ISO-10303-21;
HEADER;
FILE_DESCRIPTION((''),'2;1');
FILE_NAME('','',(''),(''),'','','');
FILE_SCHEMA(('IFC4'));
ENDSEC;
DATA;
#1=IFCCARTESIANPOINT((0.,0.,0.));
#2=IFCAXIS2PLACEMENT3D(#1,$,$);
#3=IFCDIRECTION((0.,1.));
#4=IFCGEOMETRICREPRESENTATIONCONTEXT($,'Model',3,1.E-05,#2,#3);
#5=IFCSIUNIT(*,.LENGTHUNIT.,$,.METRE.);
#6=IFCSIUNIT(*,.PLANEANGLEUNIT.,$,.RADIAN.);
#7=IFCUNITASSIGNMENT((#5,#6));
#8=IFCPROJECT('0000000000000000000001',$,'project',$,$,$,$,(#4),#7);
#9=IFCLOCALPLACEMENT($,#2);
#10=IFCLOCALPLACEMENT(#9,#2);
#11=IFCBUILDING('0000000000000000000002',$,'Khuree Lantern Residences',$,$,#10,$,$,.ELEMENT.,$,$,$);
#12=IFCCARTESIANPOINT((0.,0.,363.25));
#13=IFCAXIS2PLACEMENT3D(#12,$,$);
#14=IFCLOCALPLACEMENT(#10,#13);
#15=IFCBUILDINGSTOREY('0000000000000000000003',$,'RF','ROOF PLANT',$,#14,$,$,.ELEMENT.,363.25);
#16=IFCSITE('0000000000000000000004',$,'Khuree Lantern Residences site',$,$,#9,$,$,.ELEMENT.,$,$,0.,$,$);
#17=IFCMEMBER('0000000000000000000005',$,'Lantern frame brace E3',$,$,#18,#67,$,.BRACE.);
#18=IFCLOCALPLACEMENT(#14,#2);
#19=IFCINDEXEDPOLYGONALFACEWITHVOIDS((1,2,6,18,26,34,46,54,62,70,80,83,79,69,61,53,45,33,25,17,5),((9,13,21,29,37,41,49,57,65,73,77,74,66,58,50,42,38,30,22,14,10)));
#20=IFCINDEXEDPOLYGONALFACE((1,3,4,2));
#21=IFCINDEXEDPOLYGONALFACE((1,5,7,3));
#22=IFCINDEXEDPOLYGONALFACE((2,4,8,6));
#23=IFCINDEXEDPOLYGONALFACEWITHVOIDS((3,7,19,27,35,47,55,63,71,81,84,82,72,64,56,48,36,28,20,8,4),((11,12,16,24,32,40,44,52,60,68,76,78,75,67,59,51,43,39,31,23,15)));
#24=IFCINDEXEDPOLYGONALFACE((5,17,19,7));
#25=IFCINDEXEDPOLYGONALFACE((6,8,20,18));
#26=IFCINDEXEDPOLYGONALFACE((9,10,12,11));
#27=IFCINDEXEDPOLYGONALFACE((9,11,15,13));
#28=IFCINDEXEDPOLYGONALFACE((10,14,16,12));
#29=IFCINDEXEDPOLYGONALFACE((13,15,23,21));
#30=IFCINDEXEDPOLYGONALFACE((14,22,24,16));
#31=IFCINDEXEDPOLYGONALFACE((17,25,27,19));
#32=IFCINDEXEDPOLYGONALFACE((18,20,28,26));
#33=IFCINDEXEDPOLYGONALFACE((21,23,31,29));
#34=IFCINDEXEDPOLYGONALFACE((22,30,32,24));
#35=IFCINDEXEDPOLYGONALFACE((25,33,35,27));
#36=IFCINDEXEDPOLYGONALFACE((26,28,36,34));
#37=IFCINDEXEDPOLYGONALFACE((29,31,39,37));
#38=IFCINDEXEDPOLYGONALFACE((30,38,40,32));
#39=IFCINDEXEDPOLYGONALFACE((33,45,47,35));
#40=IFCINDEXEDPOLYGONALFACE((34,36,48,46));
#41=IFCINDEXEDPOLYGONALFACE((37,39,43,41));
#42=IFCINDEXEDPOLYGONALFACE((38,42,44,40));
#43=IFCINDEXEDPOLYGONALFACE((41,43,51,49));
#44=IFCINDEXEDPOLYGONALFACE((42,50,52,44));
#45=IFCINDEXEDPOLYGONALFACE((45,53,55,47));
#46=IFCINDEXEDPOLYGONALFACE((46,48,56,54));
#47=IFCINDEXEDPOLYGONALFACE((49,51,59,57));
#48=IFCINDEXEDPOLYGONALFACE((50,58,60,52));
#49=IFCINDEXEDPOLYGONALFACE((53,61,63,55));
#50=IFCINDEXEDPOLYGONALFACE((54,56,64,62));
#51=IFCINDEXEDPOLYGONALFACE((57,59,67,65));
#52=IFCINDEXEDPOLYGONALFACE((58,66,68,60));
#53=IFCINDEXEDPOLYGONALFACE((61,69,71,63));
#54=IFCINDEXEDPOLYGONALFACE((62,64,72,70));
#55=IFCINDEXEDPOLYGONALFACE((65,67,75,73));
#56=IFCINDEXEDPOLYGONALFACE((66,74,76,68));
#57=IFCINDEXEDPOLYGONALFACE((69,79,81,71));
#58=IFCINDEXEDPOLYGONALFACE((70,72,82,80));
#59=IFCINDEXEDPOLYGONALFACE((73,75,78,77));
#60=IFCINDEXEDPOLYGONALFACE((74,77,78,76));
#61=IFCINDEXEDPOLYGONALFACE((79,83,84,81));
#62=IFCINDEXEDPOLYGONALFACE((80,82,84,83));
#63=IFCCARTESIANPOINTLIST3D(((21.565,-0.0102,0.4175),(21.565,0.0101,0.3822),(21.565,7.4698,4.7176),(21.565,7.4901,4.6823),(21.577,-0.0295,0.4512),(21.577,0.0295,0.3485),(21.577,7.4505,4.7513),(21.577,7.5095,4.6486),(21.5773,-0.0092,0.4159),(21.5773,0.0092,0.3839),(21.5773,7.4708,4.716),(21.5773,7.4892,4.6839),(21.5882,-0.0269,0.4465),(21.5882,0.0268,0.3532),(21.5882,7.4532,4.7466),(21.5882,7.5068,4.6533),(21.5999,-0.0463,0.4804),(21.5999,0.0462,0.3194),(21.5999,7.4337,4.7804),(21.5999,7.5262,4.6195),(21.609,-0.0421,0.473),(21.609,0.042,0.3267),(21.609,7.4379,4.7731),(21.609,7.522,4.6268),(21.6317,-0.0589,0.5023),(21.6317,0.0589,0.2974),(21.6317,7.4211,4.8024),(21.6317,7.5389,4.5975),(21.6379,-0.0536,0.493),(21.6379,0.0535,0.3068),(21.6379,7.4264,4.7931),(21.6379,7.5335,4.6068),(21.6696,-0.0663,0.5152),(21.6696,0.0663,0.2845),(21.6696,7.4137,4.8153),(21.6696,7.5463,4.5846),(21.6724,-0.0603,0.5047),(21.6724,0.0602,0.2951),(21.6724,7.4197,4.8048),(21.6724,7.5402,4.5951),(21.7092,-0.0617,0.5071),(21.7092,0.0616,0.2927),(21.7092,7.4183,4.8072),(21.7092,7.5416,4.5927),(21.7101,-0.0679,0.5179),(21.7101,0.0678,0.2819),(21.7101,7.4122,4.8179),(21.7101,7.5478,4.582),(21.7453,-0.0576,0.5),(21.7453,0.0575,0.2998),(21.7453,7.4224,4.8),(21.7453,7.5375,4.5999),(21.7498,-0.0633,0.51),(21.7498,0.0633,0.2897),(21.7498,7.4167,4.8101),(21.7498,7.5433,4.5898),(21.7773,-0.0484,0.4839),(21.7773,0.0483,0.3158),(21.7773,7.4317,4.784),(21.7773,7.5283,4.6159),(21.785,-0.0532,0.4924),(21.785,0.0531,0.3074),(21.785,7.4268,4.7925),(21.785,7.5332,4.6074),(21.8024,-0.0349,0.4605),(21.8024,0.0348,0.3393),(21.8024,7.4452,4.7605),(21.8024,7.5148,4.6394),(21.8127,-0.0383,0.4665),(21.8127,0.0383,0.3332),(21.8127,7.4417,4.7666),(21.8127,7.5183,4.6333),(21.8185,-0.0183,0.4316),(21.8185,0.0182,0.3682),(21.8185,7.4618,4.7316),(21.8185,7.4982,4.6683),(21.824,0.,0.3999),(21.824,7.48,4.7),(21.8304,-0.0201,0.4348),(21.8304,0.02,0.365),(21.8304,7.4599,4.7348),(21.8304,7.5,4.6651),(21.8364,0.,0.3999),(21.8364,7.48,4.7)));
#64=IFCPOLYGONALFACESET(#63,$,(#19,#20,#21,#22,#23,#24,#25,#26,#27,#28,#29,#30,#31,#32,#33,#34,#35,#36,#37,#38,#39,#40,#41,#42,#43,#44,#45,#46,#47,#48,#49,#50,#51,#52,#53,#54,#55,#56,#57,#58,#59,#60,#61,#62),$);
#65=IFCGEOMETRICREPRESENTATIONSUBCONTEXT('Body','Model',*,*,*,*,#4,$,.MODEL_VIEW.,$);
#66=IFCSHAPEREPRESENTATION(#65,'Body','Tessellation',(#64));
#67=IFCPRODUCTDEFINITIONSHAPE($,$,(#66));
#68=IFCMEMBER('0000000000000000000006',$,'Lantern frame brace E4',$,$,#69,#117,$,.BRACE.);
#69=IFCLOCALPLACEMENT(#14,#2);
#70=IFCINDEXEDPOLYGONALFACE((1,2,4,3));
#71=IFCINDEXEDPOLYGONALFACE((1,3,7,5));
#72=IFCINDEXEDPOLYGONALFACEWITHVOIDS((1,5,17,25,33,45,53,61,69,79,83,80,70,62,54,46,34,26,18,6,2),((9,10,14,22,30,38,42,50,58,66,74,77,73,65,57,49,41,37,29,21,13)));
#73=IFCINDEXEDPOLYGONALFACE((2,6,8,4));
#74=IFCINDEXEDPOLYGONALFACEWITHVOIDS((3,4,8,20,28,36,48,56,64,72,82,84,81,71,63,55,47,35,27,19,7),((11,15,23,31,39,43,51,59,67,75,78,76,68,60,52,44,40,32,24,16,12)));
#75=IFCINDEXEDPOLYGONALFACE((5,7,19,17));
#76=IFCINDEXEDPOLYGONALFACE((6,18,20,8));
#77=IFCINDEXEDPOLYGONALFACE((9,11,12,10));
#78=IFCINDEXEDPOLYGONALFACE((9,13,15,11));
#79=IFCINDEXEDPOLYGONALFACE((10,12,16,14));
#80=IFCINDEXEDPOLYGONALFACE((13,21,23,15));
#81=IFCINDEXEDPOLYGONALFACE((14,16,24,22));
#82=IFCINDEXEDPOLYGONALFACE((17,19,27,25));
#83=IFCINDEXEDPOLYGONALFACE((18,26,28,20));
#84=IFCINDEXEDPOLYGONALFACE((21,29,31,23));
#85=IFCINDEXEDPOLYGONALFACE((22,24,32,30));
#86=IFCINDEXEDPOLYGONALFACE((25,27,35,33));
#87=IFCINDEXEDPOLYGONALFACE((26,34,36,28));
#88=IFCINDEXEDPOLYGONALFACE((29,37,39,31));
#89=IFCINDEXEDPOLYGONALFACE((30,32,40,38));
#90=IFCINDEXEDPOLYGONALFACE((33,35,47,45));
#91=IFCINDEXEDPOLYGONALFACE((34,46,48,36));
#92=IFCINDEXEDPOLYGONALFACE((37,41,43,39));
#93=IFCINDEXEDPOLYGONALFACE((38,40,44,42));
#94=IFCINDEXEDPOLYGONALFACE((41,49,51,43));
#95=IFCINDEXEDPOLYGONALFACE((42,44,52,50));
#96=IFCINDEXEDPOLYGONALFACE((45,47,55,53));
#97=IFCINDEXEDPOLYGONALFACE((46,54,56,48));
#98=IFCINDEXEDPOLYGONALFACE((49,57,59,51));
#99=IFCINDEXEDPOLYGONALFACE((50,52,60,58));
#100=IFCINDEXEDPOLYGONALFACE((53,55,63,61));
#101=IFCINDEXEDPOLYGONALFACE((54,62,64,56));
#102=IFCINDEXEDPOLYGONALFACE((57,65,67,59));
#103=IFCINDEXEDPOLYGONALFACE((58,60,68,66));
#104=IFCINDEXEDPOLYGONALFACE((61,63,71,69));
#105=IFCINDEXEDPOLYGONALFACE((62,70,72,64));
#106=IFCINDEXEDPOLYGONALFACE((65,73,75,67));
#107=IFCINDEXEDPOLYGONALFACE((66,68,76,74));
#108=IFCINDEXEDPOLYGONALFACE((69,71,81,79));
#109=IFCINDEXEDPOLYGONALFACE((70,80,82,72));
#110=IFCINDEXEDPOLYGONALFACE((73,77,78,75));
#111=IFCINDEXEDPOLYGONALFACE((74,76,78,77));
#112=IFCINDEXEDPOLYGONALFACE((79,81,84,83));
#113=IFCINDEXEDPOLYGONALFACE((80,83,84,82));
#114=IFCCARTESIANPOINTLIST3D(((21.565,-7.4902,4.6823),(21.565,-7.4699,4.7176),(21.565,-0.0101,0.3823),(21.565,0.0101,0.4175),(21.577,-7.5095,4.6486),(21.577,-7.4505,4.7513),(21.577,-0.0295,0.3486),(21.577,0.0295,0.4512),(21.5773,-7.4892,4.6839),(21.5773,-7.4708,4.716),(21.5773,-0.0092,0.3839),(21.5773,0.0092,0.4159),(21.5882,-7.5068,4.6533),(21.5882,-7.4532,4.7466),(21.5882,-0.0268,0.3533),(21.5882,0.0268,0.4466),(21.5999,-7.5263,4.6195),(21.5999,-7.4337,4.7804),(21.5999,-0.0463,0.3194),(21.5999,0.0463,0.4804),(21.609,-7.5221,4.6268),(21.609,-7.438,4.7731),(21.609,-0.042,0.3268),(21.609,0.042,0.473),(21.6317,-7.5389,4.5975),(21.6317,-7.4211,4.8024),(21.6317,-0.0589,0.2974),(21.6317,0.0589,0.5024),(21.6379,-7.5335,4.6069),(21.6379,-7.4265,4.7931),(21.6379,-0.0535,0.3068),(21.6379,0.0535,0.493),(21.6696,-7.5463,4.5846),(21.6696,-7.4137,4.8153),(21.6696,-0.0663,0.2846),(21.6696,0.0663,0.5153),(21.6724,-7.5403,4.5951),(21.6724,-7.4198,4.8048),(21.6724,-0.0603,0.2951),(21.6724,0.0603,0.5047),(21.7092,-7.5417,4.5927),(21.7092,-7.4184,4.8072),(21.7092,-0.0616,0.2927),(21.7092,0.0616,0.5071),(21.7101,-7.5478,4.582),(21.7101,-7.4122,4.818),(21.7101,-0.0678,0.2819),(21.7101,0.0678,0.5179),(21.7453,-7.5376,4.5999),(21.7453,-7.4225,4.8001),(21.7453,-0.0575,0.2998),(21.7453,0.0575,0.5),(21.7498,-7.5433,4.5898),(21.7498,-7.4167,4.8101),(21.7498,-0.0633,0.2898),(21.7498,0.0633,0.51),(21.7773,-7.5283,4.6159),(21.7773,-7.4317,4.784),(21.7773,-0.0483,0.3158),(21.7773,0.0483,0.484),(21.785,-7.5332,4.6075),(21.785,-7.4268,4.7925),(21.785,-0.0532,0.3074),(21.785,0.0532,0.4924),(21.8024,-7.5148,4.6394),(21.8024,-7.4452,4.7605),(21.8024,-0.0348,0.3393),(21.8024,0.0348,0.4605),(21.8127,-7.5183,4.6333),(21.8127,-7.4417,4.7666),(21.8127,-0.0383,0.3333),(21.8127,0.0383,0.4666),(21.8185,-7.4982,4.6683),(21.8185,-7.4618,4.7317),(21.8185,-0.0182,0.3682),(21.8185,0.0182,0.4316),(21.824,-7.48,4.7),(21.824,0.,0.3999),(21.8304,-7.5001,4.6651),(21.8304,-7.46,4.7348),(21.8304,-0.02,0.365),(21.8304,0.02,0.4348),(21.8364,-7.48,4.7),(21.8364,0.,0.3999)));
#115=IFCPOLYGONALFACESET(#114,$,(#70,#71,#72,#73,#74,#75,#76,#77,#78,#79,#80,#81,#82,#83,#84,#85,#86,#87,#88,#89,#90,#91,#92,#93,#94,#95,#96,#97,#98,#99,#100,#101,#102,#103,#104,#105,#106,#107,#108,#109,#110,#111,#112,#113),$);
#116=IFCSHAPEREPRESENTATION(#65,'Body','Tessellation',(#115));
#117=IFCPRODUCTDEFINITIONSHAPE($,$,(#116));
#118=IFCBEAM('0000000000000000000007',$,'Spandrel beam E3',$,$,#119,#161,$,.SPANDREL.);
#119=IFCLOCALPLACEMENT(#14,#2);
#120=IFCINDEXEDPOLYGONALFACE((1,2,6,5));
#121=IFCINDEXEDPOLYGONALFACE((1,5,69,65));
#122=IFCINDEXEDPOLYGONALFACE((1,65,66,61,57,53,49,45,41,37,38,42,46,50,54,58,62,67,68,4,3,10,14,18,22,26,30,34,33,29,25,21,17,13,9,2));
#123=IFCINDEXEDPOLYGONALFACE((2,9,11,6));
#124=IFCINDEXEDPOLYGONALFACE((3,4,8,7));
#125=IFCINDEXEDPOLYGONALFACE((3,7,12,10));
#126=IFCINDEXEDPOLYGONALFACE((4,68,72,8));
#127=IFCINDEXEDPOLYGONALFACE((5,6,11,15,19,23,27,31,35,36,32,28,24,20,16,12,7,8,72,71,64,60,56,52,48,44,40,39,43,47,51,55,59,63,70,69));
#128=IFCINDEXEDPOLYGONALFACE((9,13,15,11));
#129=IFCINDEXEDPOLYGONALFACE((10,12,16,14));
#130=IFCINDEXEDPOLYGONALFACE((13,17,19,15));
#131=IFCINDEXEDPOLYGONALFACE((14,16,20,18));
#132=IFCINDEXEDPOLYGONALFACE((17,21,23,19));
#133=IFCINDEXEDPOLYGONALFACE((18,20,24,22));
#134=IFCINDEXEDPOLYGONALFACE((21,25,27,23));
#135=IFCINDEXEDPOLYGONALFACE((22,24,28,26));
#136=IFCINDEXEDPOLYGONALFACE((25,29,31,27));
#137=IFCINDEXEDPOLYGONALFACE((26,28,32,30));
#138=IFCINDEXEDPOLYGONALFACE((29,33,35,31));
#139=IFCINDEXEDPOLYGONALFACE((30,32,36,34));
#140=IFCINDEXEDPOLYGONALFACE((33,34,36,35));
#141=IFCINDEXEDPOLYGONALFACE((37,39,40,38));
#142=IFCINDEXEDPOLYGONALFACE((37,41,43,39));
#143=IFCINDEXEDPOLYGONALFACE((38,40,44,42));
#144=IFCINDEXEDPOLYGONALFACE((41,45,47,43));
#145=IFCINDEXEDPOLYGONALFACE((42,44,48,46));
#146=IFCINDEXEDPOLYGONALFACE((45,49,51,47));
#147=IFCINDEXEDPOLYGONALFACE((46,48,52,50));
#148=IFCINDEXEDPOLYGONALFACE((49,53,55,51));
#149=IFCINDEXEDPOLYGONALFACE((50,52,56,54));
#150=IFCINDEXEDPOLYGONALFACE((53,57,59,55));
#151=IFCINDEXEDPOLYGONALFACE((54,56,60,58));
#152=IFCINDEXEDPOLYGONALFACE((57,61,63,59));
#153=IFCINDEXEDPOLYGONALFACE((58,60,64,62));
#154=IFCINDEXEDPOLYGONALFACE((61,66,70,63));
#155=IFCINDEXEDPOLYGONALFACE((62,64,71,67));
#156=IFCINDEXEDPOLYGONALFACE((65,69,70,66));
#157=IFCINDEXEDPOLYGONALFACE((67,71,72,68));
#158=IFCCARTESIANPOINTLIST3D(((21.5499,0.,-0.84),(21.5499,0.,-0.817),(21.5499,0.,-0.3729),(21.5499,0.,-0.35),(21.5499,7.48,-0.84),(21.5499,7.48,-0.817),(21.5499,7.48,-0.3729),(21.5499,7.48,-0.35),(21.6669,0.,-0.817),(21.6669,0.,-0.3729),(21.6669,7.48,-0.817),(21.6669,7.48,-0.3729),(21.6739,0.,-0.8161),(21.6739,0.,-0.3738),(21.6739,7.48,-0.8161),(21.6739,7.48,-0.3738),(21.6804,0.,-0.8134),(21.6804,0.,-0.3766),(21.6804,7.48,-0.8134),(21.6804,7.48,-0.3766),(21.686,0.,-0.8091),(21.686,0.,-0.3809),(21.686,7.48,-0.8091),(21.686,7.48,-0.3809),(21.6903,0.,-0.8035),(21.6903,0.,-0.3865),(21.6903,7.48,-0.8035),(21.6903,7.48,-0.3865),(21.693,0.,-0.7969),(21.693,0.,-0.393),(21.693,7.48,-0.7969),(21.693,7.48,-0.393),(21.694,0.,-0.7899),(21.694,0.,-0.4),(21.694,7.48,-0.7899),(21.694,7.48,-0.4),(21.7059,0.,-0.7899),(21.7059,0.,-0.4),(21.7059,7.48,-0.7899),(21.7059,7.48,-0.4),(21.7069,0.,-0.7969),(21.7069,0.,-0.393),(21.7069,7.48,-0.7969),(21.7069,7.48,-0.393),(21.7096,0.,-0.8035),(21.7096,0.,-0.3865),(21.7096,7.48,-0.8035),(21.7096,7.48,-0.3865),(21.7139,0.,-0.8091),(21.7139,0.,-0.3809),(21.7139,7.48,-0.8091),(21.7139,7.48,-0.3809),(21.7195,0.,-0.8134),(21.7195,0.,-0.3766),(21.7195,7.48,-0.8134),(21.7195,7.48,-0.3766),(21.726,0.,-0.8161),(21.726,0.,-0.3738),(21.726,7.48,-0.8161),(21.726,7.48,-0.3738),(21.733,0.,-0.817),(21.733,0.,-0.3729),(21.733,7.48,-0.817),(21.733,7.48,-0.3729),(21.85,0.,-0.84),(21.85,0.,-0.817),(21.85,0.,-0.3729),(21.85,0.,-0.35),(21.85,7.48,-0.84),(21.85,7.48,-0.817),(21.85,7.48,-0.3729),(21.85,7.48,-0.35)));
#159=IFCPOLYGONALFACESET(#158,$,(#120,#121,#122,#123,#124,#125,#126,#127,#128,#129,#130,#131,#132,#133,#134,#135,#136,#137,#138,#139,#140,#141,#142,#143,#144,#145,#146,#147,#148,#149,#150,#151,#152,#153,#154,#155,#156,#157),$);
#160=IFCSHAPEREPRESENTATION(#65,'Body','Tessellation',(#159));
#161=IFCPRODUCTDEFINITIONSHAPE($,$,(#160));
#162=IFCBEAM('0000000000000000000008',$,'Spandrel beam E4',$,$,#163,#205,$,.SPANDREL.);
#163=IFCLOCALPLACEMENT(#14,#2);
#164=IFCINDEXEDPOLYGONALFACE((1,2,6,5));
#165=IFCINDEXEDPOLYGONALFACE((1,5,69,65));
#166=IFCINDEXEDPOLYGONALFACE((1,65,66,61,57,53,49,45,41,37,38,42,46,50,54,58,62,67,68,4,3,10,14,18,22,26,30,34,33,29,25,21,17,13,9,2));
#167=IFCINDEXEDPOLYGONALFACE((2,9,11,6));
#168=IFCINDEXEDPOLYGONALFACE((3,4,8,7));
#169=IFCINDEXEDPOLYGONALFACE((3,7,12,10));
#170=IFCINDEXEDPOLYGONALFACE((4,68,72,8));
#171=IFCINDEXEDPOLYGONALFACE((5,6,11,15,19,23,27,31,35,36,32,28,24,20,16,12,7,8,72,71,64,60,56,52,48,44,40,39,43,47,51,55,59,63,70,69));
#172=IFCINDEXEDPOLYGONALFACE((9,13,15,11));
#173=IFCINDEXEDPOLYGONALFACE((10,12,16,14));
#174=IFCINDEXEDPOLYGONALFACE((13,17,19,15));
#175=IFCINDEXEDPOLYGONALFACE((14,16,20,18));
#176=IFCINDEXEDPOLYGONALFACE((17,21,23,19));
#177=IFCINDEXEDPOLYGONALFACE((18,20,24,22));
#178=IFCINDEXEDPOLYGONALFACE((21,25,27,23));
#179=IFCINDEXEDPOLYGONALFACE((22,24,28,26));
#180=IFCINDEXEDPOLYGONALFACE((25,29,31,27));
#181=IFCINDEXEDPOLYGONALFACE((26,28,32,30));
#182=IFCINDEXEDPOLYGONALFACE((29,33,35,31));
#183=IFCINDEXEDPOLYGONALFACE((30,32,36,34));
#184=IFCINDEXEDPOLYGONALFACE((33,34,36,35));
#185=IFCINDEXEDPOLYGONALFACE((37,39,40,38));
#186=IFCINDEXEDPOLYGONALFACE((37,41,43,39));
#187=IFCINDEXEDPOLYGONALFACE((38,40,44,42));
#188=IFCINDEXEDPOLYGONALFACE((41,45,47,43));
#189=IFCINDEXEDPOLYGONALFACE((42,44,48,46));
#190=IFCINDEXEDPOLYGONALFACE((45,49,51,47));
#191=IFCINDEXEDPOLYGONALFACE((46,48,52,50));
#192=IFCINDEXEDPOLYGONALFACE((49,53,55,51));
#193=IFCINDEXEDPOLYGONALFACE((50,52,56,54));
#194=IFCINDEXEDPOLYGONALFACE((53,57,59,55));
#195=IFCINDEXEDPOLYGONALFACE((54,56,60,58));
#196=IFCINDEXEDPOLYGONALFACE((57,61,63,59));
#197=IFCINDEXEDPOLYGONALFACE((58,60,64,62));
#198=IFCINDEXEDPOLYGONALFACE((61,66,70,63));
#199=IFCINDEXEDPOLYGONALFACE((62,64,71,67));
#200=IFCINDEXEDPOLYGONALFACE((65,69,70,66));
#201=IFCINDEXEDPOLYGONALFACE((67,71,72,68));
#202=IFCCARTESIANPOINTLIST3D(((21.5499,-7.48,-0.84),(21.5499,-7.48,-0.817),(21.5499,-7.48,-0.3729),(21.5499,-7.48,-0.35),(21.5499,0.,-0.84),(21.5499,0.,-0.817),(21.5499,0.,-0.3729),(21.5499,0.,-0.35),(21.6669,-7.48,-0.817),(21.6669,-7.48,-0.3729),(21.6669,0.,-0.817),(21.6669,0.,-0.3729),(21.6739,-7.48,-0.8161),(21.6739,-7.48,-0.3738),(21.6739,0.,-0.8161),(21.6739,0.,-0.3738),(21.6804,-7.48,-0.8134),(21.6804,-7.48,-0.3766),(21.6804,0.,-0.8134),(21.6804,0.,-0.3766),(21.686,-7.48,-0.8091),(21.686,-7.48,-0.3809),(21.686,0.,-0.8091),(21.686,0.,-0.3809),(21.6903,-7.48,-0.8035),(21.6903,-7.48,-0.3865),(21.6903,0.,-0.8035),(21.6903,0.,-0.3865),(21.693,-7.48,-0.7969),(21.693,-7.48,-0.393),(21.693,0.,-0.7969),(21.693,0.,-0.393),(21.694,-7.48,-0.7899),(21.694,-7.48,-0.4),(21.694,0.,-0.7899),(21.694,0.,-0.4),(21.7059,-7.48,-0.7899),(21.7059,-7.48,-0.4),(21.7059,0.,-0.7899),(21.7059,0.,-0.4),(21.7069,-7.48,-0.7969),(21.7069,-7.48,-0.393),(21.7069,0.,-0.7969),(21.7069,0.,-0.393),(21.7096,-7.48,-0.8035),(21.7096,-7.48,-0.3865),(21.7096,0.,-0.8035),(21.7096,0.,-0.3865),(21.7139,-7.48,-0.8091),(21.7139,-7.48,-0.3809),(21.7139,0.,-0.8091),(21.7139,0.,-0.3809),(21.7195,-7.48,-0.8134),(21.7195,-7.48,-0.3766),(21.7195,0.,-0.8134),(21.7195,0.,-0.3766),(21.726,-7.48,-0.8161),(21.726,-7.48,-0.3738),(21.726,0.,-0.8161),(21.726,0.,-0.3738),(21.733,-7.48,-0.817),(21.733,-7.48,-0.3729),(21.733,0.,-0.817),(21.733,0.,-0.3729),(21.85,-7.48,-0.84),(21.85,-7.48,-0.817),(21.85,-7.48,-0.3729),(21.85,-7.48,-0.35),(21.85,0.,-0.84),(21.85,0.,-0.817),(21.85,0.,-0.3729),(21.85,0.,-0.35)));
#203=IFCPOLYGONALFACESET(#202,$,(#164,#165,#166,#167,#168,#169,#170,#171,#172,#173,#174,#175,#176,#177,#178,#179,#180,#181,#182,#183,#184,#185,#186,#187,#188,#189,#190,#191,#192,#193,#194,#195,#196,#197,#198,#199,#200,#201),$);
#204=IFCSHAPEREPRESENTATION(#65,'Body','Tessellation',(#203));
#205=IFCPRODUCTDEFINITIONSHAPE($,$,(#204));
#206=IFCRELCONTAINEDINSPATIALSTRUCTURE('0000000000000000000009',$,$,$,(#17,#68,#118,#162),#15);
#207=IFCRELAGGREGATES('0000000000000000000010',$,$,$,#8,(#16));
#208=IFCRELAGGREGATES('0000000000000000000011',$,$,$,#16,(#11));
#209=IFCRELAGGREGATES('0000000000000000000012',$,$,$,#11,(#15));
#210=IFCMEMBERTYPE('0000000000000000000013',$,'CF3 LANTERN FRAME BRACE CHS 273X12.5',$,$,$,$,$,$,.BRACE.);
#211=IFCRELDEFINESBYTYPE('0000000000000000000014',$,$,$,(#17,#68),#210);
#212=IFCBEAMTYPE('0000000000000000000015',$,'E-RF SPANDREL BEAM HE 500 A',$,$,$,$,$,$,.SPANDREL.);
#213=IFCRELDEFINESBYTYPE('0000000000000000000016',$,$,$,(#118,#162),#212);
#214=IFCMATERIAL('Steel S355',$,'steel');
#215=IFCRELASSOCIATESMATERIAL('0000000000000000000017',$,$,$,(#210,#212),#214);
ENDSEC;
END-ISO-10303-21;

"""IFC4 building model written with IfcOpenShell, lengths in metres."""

from ifc_helpers import new_model, si_unit, direction, frame, origin, origin_2d, place, context, subcontext, project, spatial, hollow_circle, i_section, extrude, material, material_profile, profile_set, type_object, element, save


model = new_model("IFC4")

# Units and contexts
model_context = context("Model", 3, precision=1e-05, world=origin(), true_north=direction((0.0, 1.0)))
body_context = subcontext(model_context, "Body", "Model", "MODEL_VIEW")
ifc_project = project(units=[si_unit("LENGTHUNIT", "METRE"), si_unit("PLANEANGLEUNIT", "RADIAN")], contexts=[model_context])

# Site, building, storey
site_placement = place(None, origin())
site = spatial("IfcSite", under=ifc_project, at=site_placement, Name="Khuree Lantern Residences site", CompositionType="ELEMENT", RefElevation=0.0)
building_placement = place(site_placement, origin())
building = spatial("IfcBuilding", under=site, at=building_placement, Name="Khuree Lantern Residences", CompositionType="ELEMENT")
storey_placement = place(building_placement, frame((0.0, 0.0, 363.25)))
storey = spatial("IfcBuildingStorey", under=building, at=storey_placement, Name="RF", Description="ROOF PLANT", CompositionType="ELEMENT", Elevation=363.25)

# Shared definitions
ifc_material_1 = material(Name="Steel S355", Category="steel")

# Members
ifc_material_profile_1 = material_profile(ifc_material_1, hollow_circle(Radius=0.1365, WallThickness=0.0125, at=origin_2d()), Name="CHS 273X12.5")
ifc_profile_set_1 = profile_set([ifc_material_profile_1], Name="Steel S355")
member_type_1 = type_object("IfcMemberType", Name="CF3 LANTERN FRAME BRACE CHS 273X12.5", PredefinedType="BRACE", material=ifc_profile_set_1)
for number, where, z_axis, x_axis, name in (
    (1, (21.7, 7.48, 4.7), (0.0, -0.866953, -0.498389), (1.0, 0.0, 0.0), "Lantern frame brace E3"),
    (2, (21.7, 0.0, 0.3999), (0.0, -0.866953, 0.498389), (1.0, 0.0, 0.0), "Lantern frame brace E4"),
):
    element("IfcMember", number, at=place(storey_placement, frame(where, z_axis=z_axis, x_axis=x_axis)), inside=storey, type_object=member_type_1, Name=name, PredefinedType="BRACE", context=body_context, shape_type="SweptSolid", body=[
        extrude(hollow_circle(Radius=0.1365, WallThickness=0.0125, at=origin_2d()), origin(), (0.0, 0.0, 1.0), 8.6279),
    ])

# Beams
ifc_material_profile_2 = material_profile(ifc_material_1, i_section(OverallWidth=0.3, OverallDepth=0.49, WebThickness=0.012, FlangeThickness=0.0229, FilletRadius=0.0271, at=origin_2d()), Name="HE 500 A")
ifc_profile_set_2 = profile_set([ifc_material_profile_2], Name="Steel S355")
beam_type_1 = type_object("IfcBeamType", Name="E-RF SPANDREL BEAM HE 500 A", PredefinedType="SPANDREL", material=ifc_profile_set_2)
for number, where, z_axis, x_axis, name in (
    (3, (21.7, 7.48, -0.595), (0.0, -1.0, 0.0), (1.0, 0.0, 0.0), "Spandrel beam E3"),
    (4, (21.7, 0.0, -0.595), (0.0, -1.0, 0.0), (1.0, 0.0, 0.0), "Spandrel beam E4"),
):
    element("IfcBeam", number, at=place(storey_placement, frame(where, z_axis=z_axis, x_axis=x_axis)), inside=storey, type_object=beam_type_1, Name=name, PredefinedType="SPANDREL", context=body_context, shape_type="SweptSolid", body=[
        extrude(i_section(OverallWidth=0.3, OverallDepth=0.49, WebThickness=0.012, FlangeThickness=0.0229, FilletRadius=0.0271, at=origin_2d()), origin(), (0.0, 0.0, 1.0), 7.48),
    ])

save(model, "model.ifc")
